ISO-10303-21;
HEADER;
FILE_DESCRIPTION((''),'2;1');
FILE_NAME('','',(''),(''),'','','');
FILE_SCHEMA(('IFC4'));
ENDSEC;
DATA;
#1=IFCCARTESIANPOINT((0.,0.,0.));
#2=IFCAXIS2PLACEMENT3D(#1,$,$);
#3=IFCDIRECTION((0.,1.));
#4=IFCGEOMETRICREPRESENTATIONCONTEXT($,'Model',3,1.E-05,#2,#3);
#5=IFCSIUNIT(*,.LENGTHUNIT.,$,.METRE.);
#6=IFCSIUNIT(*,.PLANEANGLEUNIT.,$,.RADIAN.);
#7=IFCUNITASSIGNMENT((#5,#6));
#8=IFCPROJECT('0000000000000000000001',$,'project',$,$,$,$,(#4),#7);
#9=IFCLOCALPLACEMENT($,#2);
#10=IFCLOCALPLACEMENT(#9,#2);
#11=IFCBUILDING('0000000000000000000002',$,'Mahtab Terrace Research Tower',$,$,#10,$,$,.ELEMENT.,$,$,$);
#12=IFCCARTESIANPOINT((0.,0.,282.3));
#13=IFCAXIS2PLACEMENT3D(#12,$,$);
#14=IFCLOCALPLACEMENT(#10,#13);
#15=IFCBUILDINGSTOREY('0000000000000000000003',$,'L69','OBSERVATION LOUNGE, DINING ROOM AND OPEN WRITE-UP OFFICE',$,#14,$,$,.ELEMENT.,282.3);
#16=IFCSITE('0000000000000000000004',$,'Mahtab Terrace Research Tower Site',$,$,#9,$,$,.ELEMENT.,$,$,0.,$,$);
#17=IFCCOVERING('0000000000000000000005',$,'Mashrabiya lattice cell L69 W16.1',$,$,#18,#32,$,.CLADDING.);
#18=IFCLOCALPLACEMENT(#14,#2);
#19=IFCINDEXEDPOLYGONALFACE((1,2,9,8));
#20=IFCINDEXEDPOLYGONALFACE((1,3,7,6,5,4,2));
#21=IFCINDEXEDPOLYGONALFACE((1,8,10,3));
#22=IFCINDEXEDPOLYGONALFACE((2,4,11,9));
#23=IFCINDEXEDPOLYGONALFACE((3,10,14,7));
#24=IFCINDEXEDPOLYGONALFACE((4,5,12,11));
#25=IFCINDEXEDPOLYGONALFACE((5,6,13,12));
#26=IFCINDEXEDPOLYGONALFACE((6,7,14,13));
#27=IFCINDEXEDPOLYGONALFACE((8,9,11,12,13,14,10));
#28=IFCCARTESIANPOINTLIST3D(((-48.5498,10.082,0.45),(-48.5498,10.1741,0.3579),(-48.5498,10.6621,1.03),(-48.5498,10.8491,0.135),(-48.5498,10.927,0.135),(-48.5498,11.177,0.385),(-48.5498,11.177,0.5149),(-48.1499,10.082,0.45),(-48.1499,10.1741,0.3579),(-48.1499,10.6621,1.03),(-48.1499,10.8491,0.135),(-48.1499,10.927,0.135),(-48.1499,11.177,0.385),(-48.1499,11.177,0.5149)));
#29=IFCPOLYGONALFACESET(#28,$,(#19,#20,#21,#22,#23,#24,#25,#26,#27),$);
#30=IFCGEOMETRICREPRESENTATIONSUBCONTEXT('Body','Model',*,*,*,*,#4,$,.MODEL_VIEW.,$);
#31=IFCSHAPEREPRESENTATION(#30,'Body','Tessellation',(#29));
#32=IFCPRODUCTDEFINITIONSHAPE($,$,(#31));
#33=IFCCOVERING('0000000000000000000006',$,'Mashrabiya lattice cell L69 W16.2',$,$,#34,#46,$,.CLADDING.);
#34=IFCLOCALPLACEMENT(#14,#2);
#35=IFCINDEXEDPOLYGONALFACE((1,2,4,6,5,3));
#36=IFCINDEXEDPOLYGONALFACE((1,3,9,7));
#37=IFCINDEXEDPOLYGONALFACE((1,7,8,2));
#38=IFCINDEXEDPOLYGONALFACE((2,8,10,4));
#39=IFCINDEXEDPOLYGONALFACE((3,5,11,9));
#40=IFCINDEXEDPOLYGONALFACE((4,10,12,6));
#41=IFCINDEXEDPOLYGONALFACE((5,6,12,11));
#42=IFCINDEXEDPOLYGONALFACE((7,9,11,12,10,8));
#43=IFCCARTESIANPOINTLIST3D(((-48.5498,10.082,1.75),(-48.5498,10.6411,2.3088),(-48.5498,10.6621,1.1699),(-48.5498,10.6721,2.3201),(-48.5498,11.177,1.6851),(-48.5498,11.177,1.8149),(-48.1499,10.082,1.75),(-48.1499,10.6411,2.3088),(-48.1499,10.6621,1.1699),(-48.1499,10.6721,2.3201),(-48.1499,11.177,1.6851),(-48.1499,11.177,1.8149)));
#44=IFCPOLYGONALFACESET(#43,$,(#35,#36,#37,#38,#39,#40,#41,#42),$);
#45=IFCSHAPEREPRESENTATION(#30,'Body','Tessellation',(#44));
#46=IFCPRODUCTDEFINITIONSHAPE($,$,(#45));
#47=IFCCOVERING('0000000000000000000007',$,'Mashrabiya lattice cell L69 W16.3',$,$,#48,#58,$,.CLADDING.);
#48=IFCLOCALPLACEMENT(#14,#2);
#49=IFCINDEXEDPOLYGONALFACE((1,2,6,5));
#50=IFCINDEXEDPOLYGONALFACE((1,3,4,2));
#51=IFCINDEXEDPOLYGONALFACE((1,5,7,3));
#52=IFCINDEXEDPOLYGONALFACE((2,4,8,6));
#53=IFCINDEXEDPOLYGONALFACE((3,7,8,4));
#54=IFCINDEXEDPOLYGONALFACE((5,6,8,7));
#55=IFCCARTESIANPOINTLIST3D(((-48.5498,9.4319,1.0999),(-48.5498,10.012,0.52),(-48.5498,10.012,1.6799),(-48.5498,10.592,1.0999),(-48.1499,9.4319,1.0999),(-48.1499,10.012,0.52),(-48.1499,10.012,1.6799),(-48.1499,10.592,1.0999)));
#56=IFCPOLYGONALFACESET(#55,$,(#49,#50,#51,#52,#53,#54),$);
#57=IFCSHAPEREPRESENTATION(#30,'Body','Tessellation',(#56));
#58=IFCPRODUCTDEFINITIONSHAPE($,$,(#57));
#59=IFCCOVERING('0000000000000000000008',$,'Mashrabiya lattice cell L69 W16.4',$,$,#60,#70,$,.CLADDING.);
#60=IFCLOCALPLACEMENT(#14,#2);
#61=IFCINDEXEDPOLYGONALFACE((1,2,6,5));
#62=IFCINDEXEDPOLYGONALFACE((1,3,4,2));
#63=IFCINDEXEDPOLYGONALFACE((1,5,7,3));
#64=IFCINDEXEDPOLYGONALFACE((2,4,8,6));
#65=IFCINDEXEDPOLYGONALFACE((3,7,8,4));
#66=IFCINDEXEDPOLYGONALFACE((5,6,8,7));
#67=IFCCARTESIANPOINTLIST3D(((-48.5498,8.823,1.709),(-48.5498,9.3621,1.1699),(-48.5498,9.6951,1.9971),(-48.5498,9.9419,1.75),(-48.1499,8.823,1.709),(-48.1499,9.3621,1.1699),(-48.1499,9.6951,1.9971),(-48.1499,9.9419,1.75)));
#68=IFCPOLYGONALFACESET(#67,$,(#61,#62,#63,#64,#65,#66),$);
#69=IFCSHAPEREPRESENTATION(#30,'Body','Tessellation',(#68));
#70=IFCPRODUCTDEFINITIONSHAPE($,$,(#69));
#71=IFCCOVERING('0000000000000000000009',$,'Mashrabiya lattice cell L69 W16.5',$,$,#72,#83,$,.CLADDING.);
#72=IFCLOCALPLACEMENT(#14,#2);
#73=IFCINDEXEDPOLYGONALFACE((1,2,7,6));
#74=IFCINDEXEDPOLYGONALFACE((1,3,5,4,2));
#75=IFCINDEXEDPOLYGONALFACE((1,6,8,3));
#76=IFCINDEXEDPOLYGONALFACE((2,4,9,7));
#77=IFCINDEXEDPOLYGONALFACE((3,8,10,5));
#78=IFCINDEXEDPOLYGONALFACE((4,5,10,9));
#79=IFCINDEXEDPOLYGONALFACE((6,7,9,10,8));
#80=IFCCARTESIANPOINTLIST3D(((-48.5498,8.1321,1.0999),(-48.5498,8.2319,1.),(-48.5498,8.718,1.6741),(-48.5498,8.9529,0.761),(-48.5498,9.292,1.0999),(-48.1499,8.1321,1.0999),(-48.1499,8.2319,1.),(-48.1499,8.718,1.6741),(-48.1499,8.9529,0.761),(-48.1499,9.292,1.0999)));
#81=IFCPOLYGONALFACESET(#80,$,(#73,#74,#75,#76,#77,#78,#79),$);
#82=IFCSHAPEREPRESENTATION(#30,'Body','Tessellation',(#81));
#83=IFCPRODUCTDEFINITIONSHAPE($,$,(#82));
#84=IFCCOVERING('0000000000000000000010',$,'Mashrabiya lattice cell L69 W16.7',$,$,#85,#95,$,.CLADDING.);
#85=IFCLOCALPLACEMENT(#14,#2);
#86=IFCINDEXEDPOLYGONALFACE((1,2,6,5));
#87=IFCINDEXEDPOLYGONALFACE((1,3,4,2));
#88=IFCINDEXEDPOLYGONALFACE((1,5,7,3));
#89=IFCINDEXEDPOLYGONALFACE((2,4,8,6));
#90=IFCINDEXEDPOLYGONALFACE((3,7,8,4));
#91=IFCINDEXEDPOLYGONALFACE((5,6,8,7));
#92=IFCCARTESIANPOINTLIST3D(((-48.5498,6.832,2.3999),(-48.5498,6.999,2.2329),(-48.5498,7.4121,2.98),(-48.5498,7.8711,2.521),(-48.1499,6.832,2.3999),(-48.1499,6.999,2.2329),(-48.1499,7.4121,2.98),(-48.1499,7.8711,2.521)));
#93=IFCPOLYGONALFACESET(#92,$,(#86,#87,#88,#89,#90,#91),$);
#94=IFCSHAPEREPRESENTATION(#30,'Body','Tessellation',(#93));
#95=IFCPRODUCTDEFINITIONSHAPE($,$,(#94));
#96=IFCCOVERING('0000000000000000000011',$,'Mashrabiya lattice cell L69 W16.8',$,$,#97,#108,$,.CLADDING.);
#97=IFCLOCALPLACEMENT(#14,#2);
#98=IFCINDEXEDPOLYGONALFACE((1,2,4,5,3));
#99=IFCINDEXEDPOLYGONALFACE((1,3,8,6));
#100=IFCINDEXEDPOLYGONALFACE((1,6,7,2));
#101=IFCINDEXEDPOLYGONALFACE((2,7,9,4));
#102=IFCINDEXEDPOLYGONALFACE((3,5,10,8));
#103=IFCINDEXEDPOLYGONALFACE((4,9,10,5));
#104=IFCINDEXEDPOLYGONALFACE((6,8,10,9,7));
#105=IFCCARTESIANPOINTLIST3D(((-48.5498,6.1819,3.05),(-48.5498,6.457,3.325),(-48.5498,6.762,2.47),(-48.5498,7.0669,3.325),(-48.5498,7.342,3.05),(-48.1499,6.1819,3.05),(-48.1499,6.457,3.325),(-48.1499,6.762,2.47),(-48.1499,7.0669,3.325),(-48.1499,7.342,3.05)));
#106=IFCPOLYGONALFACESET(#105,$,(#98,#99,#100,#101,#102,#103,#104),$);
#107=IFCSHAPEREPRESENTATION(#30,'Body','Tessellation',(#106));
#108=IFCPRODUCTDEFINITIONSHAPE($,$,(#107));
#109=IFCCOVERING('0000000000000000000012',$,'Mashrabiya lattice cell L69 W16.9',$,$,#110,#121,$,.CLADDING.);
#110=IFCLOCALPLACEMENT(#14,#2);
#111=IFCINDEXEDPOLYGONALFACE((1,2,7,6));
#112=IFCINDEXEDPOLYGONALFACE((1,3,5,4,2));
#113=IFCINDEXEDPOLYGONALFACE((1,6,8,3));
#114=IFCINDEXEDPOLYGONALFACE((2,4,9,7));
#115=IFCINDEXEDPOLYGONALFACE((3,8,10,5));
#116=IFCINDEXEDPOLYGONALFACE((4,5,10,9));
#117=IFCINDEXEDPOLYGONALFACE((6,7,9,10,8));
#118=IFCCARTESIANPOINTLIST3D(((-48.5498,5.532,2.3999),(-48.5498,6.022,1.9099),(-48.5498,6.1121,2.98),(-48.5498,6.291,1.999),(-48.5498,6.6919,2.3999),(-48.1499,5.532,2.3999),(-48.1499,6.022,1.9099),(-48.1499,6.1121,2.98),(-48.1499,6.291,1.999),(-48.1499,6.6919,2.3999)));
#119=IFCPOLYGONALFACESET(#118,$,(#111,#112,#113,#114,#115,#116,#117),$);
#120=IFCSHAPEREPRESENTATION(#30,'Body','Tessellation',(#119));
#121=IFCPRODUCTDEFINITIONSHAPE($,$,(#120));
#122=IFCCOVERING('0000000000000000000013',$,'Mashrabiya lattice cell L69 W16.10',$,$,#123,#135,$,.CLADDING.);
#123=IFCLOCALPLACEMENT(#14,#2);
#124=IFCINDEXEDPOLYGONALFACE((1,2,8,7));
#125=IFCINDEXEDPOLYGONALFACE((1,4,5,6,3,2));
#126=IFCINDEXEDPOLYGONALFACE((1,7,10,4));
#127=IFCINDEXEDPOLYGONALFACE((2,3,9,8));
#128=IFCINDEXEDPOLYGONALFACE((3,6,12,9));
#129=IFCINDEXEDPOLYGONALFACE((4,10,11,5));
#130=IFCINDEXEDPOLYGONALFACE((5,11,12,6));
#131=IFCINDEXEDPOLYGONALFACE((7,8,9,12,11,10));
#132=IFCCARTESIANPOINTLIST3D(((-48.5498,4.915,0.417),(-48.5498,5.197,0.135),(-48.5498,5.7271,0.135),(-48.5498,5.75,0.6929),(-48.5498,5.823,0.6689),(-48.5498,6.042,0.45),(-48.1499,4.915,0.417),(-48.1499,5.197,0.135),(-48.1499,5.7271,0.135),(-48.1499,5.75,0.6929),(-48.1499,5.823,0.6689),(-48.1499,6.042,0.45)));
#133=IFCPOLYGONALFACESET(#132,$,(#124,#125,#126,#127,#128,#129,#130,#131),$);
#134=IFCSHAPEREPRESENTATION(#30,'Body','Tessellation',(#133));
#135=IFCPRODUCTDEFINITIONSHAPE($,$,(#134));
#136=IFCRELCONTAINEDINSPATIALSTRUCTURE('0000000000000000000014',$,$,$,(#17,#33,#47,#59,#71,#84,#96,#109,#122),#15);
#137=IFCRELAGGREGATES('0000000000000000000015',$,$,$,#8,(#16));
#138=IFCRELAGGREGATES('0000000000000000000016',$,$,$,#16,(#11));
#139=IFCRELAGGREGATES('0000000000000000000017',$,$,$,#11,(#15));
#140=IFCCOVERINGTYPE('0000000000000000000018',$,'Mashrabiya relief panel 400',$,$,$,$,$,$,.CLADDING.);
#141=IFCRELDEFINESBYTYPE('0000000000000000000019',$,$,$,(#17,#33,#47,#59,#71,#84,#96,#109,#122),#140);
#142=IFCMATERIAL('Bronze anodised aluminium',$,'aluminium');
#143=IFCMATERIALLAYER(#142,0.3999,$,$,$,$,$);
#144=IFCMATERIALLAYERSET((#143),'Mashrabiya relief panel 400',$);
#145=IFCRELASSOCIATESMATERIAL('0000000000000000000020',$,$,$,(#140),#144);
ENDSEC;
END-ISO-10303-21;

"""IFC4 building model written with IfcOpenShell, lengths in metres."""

from ifc_helpers import new_model, si_unit, direction, frame, origin, place, context, subcontext, project, spatial, polyline, outline, extrude, material, layer, layer_set, type_object, element, save


model = new_model("IFC4")

# Units and contexts
model_context = context("Model", 3, precision=1e-05, world=origin(), true_north=direction((0.0, 1.0)))
body_context = subcontext(model_context, "Body", "Model", "MODEL_VIEW")
ifc_project = project(units=[si_unit("LENGTHUNIT", "METRE"), si_unit("PLANEANGLEUNIT", "RADIAN")], contexts=[model_context])

# Site, building, storey
site_placement = place(None, origin())
site = spatial("IfcSite", under=ifc_project, at=site_placement, Name="Mahtab Terrace Research Tower Site", CompositionType="ELEMENT", RefElevation=0.0)
building_placement = place(site_placement, origin())
building = spatial("IfcBuilding", under=site, at=building_placement, Name="Mahtab Terrace Research Tower", CompositionType="ELEMENT")
storey_placement = place(building_placement, frame((0.0, 0.0, 282.3)))
storey = spatial("IfcBuildingStorey", under=building, at=storey_placement, Name="L69", Description="OBSERVATION LOUNGE, DINING ROOM AND OPEN WRITE-UP OFFICE", CompositionType="ELEMENT", Elevation=282.3)

# Coverings
ifc_material = material(Name="Bronze anodised aluminium", Category="aluminium")
ifc_layer = layer(ifc_material, 0.3999)
ifc_layer_set = layer_set([ifc_layer], Name="Mashrabiya relief panel 400")
covering_type = type_object("IfcCoveringType", Name="Mashrabiya relief panel 400", PredefinedType="CLADDING", material=ifc_layer_set)
covering_1_placement = place(storey_placement, frame((-48.1499, 11.177, 0.385), z_axis=(1.0, 0.0, 0.0), x_axis=(0.0, 0.0, 1.0)))
element("IfcCovering", 1, at=covering_1_placement, inside=storey, type_object=covering_type, Name="Mashrabiya lattice cell L69 W16.1", PredefinedType="CLADDING", context=body_context, shape_type="SweptSolid", body=[
    extrude(outline(polyline([(0.0, 0.0), (0.1299, 0.0), (0.645, 0.5149), (0.0649, 1.095), (-0.0271, 1.0029), (-0.25, 0.3279), (-0.25, 0.25), (0.0, 0.0)])), origin(), (0.0, 0.0, -1.0), 0.3999),
])
covering_2_placement = place(storey_placement, frame((-48.1499, 10.082, 1.75), z_axis=(1.0, 0.0, 0.0), x_axis=(0.0, 0.707107, -0.707107)))
element("IfcCovering", 2, at=covering_2_placement, inside=storey, type_object=covering_type, Name="Mashrabiya lattice cell L69 W16.2", PredefinedType="CLADDING", context=body_context, shape_type="SweptSolid", body=[
    extrude(outline(polyline([(0.0, 0.0), (0.8204, 0.0), (0.8202, 0.7283), (0.7283, 0.8202), (0.0142, 0.8204), (0.0002, 0.7905), (0.0, 0.0)])), origin(), (0.0, 0.0, -1.0), 0.3999),
])
covering_3_placement = place(storey_placement, frame((-48.1499, 10.012, 1.6799), z_axis=(1.0, 0.0, 0.0), x_axis=(0.0, -0.707107, -0.707107)))
element("IfcCovering", 3, at=covering_3_placement, inside=storey, type_object=covering_type, Name="Mashrabiya lattice cell L69 W16.3", PredefinedType="CLADDING", context=body_context, shape_type="SweptSolid", body=[
    extrude(outline(polyline([(0.0, 0.0), (0.8204, 0.0), (0.8202, 0.8202), (0.0, 0.8204), (0.0, 0.0)])), origin(), (0.0, 0.0, -1.0), 0.3999),
])
covering_4_placement = place(storey_placement, frame((-48.1499, 9.3621, 1.1699), z_axis=(1.0, 0.0, 0.0), x_axis=(0.0, 0.706958, 0.707256)))
element("IfcCovering", 4, at=covering_4_placement, inside=storey, type_object=covering_type, Name="Mashrabiya lattice cell L69 W16.4", PredefinedType="CLADDING", context=body_context, shape_type="SweptSolid", body=[
    extrude(outline(polyline([(0.0, 0.0), (0.8202, 0.0), (0.8204, 0.3492), (0.0002, 0.7623), (0.0, 0.0)])), origin(), (0.0, 0.0, -1.0), 0.3999),
])
covering_5_placement = place(storey_placement, frame((-48.1499, 9.292, 1.0999), z_axis=(1.0, 0.0, 0.0), x_axis=(0.0, -0.706956, 0.707257)))
element("IfcCovering", 5, at=covering_5_placement, inside=storey, type_object=covering_type, Name="Mashrabiya lattice cell L69 W16.5", PredefinedType="CLADDING", context=body_context, shape_type="SweptSolid", body=[
    extrude(outline(polyline([(0.0, 0.0), (0.8119, 0.0), (0.82, 0.8204), (0.6788, 0.8203), (0.0001, 0.4794), (0.0, 0.0)])), origin(), (0.0, 0.0, -1.0), 0.3999),
])
covering_6_placement = place(storey_placement, frame((-48.1499, 7.4121, 2.98), z_axis=(1.0, 0.0, 0.0), x_axis=(0.0, -0.707107, -0.707107)))
element("IfcCovering", 6, at=covering_6_placement, inside=storey, type_object=covering_type, Name="Mashrabiya lattice cell L69 W16.7", PredefinedType="CLADDING", context=body_context, shape_type="SweptSolid", body=[
    extrude(outline(polyline([(0.0, 0.0), (0.8204, 0.0), (0.8204, 0.2362), (0.0, 0.6491), (0.0, 0.0)])), origin(), (0.0, 0.0, -1.0), 0.3999),
])
covering_7_placement = place(storey_placement, frame((-48.1499, 6.1819, 3.05), z_axis=(1.0, 0.0, 0.0), x_axis=(0.0, 0.707107, -0.707107)))
element("IfcCovering", 7, at=covering_7_placement, inside=storey, type_object=covering_type, Name="Mashrabiya lattice cell L69 W16.8", PredefinedType="CLADDING", context=body_context, shape_type="SweptSolid", body=[
    extrude(outline(polyline([(0.0, 0.0), (0.8204, 0.0), (0.8204, 0.8204), (0.4314, 0.8202), (0.0002, 0.3889), (0.0, 0.0)])), origin(), (0.0, 0.0, -1.0), 0.3999),
])
covering_8_placement = place(storey_placement, frame((-48.1499, 6.6919, 2.3999), z_axis=(1.0, 0.0, 0.0), x_axis=(0.0, -0.706958, 0.707256)))
element("IfcCovering", 8, at=covering_8_placement, inside=storey, type_object=covering_type, Name="Mashrabiya lattice cell L69 W16.9", PredefinedType="CLADDING", context=body_context, shape_type="SweptSolid", body=[
    extrude(outline(polyline([(0.0, 0.0), (0.8202, 0.0), (0.82, 0.8204), (0.1271, 0.8202), (-0.0001, 0.5669), (0.0, 0.0)])), origin(), (0.0, 0.0, -1.0), 0.3999),
])
covering_9_placement = place(storey_placement, frame((-48.1499, 6.042, 0.45), z_axis=(1.0, 0.0, 0.0), x_axis=(0.0, -0.707107, 0.707107)))
element("IfcCovering", 9, at=covering_9_placement, inside=storey, type_object=covering_type, Name="Mashrabiya lattice cell L69 W16.10", PredefinedType="CLADDING", context=body_context, shape_type="SweptSolid", body=[
    extrude(outline(polyline([(0.0, 0.0), (0.3097, 0.0), (0.3782, 0.0347), (0.7736, 0.8202), (0.3748, 0.8202), (0.0, 0.4454), (0.0, 0.0)])), origin(), (0.0, 0.0, -1.0), 0.3999),
])

save(model, "model.ifc")
